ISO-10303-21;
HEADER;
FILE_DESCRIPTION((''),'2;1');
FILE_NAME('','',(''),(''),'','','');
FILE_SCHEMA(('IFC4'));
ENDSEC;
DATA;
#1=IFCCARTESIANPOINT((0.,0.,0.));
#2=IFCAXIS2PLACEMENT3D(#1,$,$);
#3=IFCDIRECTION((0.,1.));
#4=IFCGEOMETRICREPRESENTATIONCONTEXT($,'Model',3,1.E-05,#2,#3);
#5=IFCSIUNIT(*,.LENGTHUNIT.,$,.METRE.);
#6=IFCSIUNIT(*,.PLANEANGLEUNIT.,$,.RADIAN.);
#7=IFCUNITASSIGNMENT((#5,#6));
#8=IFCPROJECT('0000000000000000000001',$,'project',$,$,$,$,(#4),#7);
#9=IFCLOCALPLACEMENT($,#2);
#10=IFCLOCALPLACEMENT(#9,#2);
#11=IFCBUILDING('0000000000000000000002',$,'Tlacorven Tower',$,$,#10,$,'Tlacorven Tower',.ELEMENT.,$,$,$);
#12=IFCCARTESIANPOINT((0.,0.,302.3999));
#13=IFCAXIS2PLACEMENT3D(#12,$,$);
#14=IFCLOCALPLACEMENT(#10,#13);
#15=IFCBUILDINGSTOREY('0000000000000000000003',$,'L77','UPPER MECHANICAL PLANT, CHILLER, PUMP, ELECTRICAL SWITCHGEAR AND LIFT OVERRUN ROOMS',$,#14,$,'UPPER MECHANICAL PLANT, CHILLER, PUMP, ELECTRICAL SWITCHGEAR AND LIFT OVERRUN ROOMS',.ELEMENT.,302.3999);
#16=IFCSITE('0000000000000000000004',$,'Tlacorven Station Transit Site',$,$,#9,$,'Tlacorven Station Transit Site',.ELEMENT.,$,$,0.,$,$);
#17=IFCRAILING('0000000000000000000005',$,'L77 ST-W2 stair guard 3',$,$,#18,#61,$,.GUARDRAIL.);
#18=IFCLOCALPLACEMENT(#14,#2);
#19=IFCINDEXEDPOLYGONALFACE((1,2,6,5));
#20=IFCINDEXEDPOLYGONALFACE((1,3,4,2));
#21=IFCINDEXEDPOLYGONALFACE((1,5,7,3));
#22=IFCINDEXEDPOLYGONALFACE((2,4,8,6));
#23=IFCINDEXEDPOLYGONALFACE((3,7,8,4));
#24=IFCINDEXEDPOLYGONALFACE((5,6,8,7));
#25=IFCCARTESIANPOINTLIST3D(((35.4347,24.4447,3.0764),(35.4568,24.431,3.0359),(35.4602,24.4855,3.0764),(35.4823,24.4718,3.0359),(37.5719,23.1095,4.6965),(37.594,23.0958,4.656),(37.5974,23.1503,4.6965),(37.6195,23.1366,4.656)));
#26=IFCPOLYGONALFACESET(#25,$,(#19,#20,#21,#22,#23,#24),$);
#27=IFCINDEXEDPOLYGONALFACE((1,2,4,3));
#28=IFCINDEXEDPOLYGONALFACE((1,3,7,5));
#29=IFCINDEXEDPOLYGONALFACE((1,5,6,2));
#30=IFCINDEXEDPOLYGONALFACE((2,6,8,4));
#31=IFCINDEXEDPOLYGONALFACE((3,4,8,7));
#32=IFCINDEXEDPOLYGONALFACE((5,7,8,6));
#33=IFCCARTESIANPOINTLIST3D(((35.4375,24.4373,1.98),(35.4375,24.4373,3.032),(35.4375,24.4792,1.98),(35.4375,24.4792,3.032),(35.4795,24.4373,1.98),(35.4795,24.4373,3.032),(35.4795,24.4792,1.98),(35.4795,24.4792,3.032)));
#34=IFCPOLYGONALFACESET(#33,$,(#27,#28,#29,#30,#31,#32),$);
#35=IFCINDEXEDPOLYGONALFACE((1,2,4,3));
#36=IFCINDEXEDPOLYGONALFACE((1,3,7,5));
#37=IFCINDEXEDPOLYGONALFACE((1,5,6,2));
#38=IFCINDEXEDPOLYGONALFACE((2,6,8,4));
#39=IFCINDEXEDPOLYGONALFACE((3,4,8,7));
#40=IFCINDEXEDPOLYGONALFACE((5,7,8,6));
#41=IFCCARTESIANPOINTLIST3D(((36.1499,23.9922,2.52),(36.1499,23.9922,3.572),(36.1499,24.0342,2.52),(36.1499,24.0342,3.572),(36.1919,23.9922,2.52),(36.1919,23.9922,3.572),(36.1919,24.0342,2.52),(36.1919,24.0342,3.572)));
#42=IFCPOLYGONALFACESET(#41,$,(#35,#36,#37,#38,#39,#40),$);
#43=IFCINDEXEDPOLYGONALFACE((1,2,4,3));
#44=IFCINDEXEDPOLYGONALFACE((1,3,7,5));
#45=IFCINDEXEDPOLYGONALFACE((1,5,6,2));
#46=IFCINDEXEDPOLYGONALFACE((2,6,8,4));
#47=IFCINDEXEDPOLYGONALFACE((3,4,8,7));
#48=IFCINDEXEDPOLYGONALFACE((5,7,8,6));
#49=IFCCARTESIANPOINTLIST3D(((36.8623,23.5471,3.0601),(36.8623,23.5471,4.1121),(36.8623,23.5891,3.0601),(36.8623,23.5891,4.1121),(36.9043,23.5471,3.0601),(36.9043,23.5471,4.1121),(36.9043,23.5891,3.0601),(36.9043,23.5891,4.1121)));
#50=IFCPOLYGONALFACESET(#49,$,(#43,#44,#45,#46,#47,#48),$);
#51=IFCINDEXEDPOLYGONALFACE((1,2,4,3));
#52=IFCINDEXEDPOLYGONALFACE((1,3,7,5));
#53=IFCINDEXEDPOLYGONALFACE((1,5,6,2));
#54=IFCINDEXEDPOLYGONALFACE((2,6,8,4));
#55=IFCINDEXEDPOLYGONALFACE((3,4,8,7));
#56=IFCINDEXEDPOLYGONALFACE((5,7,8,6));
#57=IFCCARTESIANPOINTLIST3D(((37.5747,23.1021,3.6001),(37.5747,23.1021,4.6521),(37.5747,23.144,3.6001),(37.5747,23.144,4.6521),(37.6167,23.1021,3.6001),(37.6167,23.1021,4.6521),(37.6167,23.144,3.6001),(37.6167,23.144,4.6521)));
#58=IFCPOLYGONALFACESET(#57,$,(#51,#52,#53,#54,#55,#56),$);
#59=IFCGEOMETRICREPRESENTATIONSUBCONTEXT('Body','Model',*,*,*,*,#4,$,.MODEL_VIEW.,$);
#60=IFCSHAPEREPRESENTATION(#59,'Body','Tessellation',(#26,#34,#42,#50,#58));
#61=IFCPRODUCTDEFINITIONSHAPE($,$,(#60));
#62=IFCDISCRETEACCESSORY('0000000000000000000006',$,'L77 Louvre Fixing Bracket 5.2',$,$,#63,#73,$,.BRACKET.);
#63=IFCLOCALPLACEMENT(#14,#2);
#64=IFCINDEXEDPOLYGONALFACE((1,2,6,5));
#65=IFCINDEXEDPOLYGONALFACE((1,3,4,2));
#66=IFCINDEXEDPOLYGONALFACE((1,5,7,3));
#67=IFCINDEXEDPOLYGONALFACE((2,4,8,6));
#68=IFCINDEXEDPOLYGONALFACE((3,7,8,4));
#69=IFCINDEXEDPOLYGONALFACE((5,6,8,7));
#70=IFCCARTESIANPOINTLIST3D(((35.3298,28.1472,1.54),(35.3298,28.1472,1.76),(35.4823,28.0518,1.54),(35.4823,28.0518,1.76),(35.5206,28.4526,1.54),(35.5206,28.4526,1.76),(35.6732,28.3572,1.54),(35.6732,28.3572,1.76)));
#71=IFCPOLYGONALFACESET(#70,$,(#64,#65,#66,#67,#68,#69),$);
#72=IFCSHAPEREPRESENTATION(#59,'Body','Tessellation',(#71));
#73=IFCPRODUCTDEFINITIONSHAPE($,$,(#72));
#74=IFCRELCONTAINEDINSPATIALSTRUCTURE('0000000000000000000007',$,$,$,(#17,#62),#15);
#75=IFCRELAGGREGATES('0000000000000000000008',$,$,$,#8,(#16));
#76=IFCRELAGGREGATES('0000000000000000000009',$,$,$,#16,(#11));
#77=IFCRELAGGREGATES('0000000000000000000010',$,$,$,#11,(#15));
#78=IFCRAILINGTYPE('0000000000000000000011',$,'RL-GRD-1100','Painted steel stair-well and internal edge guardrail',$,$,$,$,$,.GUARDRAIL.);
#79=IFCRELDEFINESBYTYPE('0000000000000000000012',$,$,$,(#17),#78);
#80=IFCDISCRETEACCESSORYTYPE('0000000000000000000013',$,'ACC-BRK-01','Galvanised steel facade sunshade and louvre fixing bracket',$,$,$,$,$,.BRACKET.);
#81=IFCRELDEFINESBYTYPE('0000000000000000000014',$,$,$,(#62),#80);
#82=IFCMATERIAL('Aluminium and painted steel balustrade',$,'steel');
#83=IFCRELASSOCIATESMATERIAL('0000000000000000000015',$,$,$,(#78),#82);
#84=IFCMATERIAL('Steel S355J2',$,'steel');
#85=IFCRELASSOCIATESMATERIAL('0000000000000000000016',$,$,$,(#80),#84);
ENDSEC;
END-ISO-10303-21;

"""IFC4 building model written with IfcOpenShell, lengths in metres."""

from ifc_helpers import new_model, si_unit, direction, frame, origin, origin_2d, place, context, subcontext, project, spatial, rectangle, extrude, source, transform, mapped, material, type_object, element, save


model = new_model("IFC4")

# Units and contexts
model_context = context("Model", 3, precision=1e-05, world=origin(), true_north=direction((0.0, 1.0)))
body_context = subcontext(model_context, "Body", "Model", "MODEL_VIEW")
ifc_project = project(units=[si_unit("LENGTHUNIT", "METRE"), si_unit("PLANEANGLEUNIT", "RADIAN")], contexts=[model_context])

# Site, building, storey
site_placement = place(None, origin())
site = spatial("IfcSite", under=ifc_project, at=site_placement, Name="Tlacorven Station Transit Site", LongName="Tlacorven Station Transit Site", CompositionType="ELEMENT", RefElevation=0.0)
building_placement = place(site_placement, origin())
building = spatial("IfcBuilding", under=site, at=building_placement, Name="Tlacorven Tower", LongName="Tlacorven Tower", CompositionType="ELEMENT")
storey_placement = place(building_placement, frame((0.0, 0.0, 302.3999)))
storey = spatial("IfcBuildingStorey", under=building, at=storey_placement, Name="L77", Description="UPPER MECHANICAL PLANT, CHILLER, PUMP, ELECTRICAL SWITCHGEAR AND LIFT OVERRUN ROOMS", LongName="UPPER MECHANICAL PLANT, CHILLER, PUMP, ELECTRICAL SWITCHGEAR AND LIFT OVERRUN ROOMS", CompositionType="ELEMENT", Elevation=302.3999)

# Shared definitions
ifc_material_1 = material(Name="Steel S355J2", Category="steel")

# Railing
ifc_material_2 = material(Name="Aluminium and painted steel balustrade", Category="steel")
railing_type_1 = type_object("IfcRailingType", Name="RL-GRD-1100", Description="Painted steel stair-well and internal edge guardrail", PredefinedType="GUARDRAIL", material=ifc_material_2)
shared_shape_1 = source(origin(), body_context, "Body", "SweptSolid", [
    extrude(rectangle(XDim=0.0481, YDim=0.0481, at=origin_2d()), frame((0.0, 0.0, 1.0762), z_axis=(0.713386, -0.445683, 0.540784), x_axis=(0.529842, 0.848096, 0.0)), (0.0, 0.0, 1.0), 2.9958),
    extrude(rectangle(XDim=0.042, YDim=0.042, at=origin_2d()), origin(), (0.0, 0.0, 1.0), 1.052),
    extrude(rectangle(XDim=0.042, YDim=0.042, at=origin_2d()), frame((0.7124, -0.4451, 0.54)), (0.0, 0.0, 1.0), 1.052),
    extrude(rectangle(XDim=0.042, YDim=0.042, at=origin_2d()), frame((1.4248, -0.8901, 1.0801)), (0.0, 0.0, 1.0), 1.052),
    extrude(rectangle(XDim=0.042, YDim=0.042, at=origin_2d()), frame((2.1372, -1.3352, 1.6201)), (0.0, 0.0, 1.0), 1.052),
])
railing_1_placement = place(storey_placement, frame((35.4585, 24.4583, 1.98)))
element("IfcRailing", 1, at=railing_1_placement, inside=storey, type_object=railing_type_1, Name="L77 ST-W2 stair guard 3", PredefinedType="GUARDRAIL", context=body_context, shape_type="MappedRepresentation", body=[
    mapped(shared_shape_1, transform((0.0, 0.0, 0.0), scale=1.0)),
])

# Discrete accessory
discrete_accessory_type = type_object("IfcDiscreteAccessoryType", Name="ACC-BRK-01", Description="Galvanised steel facade sunshade and louvre fixing bracket", PredefinedType="BRACKET", material=ifc_material_1)
shared_shape_2 = source(origin(), body_context, "Body", "SweptSolid", [
    extrude(rectangle(XDim=0.1799, YDim=0.3601, at=origin_2d()), origin(), (0.0, 0.0, 1.0), 0.22),
])
discrete_accessory_placement = place(storey_placement, frame((35.5015, 28.2522, 1.54), z_axis=(0.0, 0.0, 1.0), x_axis=(0.848048, -0.529919, 0.0)))
element("IfcDiscreteAccessory", 2, at=discrete_accessory_placement, inside=storey, type_object=discrete_accessory_type, Name="L77 Louvre Fixing Bracket 5.2", PredefinedType="BRACKET", context=body_context, shape_type="MappedRepresentation", body=[
    mapped(shared_shape_2, transform((0.0, 0.0, 0.0), scale=1.0)),
])

save(model, "model.ifc")
